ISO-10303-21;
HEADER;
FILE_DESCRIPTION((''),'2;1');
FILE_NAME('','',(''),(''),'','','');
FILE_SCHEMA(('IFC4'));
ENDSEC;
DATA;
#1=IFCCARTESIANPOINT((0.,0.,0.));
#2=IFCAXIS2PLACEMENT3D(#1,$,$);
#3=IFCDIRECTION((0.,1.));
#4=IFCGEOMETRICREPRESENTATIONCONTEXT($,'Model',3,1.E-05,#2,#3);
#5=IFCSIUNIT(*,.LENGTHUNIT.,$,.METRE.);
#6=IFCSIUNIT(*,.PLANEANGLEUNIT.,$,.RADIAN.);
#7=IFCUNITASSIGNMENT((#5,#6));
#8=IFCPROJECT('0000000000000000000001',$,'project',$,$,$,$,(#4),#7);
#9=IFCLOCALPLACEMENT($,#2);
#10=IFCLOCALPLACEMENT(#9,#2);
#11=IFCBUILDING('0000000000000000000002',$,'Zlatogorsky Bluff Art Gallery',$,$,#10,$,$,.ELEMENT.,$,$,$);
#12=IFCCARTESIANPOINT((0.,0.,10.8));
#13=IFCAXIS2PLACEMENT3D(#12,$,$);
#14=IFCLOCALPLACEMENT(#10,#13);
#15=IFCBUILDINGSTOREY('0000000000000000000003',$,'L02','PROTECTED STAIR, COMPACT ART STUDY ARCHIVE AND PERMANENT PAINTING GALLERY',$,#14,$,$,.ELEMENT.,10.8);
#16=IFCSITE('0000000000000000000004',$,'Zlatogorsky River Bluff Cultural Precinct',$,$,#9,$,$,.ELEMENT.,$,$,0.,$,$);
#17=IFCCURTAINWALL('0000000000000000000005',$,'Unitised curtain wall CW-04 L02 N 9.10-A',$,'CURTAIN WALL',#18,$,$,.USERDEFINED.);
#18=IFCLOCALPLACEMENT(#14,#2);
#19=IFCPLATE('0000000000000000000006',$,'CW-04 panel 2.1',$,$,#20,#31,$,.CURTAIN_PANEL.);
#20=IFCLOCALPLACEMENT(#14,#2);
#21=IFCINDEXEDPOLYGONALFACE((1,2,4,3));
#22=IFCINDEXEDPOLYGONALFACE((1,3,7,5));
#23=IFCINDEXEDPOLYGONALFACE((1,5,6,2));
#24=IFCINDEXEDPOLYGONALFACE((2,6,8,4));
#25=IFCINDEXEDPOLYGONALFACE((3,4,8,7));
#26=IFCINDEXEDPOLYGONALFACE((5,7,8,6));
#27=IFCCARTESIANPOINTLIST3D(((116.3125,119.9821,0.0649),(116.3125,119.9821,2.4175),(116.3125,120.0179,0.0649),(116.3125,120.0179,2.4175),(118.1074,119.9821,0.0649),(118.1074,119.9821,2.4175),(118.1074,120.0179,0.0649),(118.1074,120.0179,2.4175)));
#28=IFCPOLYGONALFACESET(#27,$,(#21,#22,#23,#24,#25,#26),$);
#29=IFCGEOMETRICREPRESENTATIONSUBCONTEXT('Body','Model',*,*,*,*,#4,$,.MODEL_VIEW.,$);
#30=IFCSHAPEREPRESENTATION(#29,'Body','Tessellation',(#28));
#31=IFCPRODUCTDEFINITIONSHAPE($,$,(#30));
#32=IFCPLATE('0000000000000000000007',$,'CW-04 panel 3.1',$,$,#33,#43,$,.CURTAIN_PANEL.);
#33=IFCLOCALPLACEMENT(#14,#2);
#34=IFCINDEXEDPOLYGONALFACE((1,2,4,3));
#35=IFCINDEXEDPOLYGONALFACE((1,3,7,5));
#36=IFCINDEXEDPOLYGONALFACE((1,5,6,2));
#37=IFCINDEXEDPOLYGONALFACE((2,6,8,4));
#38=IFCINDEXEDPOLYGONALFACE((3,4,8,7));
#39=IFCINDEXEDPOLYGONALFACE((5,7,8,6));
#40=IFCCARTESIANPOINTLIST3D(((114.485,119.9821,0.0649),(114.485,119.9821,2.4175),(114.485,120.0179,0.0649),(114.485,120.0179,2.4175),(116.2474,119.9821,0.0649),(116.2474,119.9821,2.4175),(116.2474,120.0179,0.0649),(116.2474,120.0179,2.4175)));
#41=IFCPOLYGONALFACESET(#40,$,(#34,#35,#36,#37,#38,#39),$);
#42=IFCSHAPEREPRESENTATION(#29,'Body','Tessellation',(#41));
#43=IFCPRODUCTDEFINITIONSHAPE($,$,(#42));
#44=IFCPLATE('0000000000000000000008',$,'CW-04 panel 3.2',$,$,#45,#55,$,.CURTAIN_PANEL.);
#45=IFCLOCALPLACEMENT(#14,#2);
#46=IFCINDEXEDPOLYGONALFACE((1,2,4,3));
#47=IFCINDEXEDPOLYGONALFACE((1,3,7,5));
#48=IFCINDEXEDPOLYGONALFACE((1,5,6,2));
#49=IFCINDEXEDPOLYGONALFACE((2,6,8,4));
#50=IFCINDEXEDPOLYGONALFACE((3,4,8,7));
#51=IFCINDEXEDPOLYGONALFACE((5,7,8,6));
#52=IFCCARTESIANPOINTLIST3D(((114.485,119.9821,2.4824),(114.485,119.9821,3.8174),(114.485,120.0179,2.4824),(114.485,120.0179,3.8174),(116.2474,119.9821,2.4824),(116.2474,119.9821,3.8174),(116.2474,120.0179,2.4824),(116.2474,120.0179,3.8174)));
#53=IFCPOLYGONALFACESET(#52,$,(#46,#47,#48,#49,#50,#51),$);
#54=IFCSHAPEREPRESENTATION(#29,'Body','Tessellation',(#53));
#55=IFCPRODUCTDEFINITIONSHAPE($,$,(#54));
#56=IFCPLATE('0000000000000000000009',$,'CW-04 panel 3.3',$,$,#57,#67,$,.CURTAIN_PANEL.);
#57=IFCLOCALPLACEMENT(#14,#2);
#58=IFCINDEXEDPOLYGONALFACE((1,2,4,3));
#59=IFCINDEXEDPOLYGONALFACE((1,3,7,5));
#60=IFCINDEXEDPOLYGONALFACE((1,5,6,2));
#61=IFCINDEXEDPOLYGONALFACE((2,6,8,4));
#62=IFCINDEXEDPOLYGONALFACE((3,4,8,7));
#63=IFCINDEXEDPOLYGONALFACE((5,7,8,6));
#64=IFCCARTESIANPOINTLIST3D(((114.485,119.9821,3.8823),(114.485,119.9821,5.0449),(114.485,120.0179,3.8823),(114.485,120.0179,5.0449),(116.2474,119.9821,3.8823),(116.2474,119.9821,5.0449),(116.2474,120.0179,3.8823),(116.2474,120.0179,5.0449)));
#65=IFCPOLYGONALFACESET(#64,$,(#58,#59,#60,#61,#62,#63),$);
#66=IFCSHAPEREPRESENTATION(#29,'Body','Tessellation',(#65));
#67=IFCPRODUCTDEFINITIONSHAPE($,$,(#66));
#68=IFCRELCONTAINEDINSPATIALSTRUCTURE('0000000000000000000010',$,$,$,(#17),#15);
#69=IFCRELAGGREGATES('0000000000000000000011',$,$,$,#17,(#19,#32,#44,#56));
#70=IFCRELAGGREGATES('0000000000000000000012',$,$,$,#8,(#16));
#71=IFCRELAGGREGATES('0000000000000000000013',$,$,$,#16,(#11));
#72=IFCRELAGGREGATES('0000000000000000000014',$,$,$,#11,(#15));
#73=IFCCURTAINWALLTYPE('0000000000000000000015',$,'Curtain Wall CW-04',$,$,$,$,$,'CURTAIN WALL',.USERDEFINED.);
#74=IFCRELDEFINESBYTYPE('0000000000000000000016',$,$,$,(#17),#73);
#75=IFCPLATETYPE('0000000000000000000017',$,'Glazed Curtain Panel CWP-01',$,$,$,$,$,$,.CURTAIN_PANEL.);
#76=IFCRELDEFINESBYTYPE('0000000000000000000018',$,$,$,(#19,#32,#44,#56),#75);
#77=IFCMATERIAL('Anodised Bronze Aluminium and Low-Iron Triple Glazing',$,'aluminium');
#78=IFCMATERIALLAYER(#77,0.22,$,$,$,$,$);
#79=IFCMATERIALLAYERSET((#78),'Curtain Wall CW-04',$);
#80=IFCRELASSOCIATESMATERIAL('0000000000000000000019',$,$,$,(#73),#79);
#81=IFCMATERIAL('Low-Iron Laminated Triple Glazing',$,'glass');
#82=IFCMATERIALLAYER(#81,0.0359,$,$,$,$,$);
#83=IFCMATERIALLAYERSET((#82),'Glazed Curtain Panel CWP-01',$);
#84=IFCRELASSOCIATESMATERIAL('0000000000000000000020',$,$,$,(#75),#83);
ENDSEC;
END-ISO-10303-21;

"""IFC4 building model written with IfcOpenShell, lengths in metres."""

from ifc_helpers import new_model, si_unit, direction, frame, origin, origin_2d, place, context, subcontext, project, spatial, rectangle, extrude, material, layer, layer_set, type_object, element, aggregate, save


model = new_model("IFC4")

# Units and contexts
model_context = context("Model", 3, precision=1e-05, world=origin(), true_north=direction((0.0, 1.0)))
body_context = subcontext(model_context, "Body", "Model", "MODEL_VIEW")
ifc_project = project(units=[si_unit("LENGTHUNIT", "METRE"), si_unit("PLANEANGLEUNIT", "RADIAN")], contexts=[model_context])

# Site, building, storey
site_placement = place(None, origin())
site = spatial("IfcSite", under=ifc_project, at=site_placement, Name="Zlatogorsky River Bluff Cultural Precinct", CompositionType="ELEMENT", RefElevation=0.0)
building_placement = place(site_placement, origin())
building = spatial("IfcBuilding", under=site, at=building_placement, Name="Zlatogorsky Bluff Art Gallery", CompositionType="ELEMENT")
storey_placement = place(building_placement, frame((0.0, 0.0, 10.8)))
storey = spatial("IfcBuildingStorey", under=building, at=storey_placement, Name="L02", Description="PROTECTED STAIR, COMPACT ART STUDY ARCHIVE AND PERMANENT PAINTING GALLERY", CompositionType="ELEMENT", Elevation=10.8)

# Curtain wall
ifc_material_1 = material(Name="Anodised Bronze Aluminium and Low-Iron Triple Glazing", Category="aluminium")
ifc_layer_1 = layer(ifc_material_1, 0.22)
ifc_layer_set_1 = layer_set([ifc_layer_1], Name="Curtain Wall CW-04")
curtain_wall_type = type_object("IfcCurtainWallType", Name="Curtain Wall CW-04", ElementType="CURTAIN WALL", PredefinedType="USERDEFINED", material=ifc_layer_set_1)
curtain_wall_1_placement = place(storey_placement, origin())
curtain_wall_1 = element("IfcCurtainWall", 1, at=curtain_wall_1_placement, inside=storey, type_object=curtain_wall_type, Name="Unitised curtain wall CW-04 L02 N 9.10-A", ObjectType="CURTAIN WALL", PredefinedType="USERDEFINED")

# Plates
ifc_material_2 = material(Name="Low-Iron Laminated Triple Glazing", Category="glass")
ifc_layer_2 = layer(ifc_material_2, 0.0359)
ifc_layer_set_2 = layer_set([ifc_layer_2], Name="Glazed Curtain Panel CWP-01")
plate_type = type_object("IfcPlateType", Name="Glazed Curtain Panel CWP-01", PredefinedType="CURTAIN_PANEL", material=ifc_layer_set_2)
plate_1_placement = place(storey_placement, frame((117.21, 120.0, 0.0649), z_axis=(0.0, 0.0, 1.0), x_axis=(-1.0, 0.0, 0.0)))
plate_1 = element("IfcPlate", 2, at=plate_1_placement, type_object=plate_type, Name="CW-04 panel 2.1", PredefinedType="CURTAIN_PANEL", context=body_context, shape_type="SweptSolid", body=[
    extrude(rectangle(XDim=1.7949, YDim=0.0359, at=origin_2d()), origin(), (0.0, 0.0, 1.0), 2.3525),
])
plate_2_placement = place(storey_placement, frame((115.3662, 120.0, 0.0649), z_axis=(0.0, 0.0, 1.0), x_axis=(-1.0, 0.0, 0.0)))
plate_2 = element("IfcPlate", 3, at=plate_2_placement, type_object=plate_type, Name="CW-04 panel 3.1", PredefinedType="CURTAIN_PANEL", context=body_context, shape_type="SweptSolid", body=[
    extrude(rectangle(XDim=1.7625, YDim=0.0359, at=origin_2d()), origin(), (0.0, 0.0, 1.0), 2.3525),
])
plate_3_placement = place(storey_placement, frame((115.3662, 120.0, 2.4824), z_axis=(0.0, 0.0, 1.0), x_axis=(-1.0, 0.0, 0.0)))
plate_3 = element("IfcPlate", 4, at=plate_3_placement, type_object=plate_type, Name="CW-04 panel 3.2", PredefinedType="CURTAIN_PANEL", context=body_context, shape_type="SweptSolid", body=[
    extrude(rectangle(XDim=1.7625, YDim=0.0359, at=origin_2d()), origin(), (0.0, 0.0, 1.0), 1.335),
])
plate_4_placement = place(storey_placement, frame((115.3662, 120.0, 3.8823), z_axis=(0.0, 0.0, 1.0), x_axis=(-1.0, 0.0, 0.0)))
plate_4 = element("IfcPlate", 5, at=plate_4_placement, type_object=plate_type, Name="CW-04 panel 3.3", PredefinedType="CURTAIN_PANEL", context=body_context, shape_type="SweptSolid", body=[
    extrude(rectangle(XDim=1.7625, YDim=0.0359, at=origin_2d()), origin(), (0.0, 0.0, 1.0), 1.1626),
])
aggregate(curtain_wall_1, [plate_1, plate_2, plate_3, plate_4])

save(model, "model.ifc")
